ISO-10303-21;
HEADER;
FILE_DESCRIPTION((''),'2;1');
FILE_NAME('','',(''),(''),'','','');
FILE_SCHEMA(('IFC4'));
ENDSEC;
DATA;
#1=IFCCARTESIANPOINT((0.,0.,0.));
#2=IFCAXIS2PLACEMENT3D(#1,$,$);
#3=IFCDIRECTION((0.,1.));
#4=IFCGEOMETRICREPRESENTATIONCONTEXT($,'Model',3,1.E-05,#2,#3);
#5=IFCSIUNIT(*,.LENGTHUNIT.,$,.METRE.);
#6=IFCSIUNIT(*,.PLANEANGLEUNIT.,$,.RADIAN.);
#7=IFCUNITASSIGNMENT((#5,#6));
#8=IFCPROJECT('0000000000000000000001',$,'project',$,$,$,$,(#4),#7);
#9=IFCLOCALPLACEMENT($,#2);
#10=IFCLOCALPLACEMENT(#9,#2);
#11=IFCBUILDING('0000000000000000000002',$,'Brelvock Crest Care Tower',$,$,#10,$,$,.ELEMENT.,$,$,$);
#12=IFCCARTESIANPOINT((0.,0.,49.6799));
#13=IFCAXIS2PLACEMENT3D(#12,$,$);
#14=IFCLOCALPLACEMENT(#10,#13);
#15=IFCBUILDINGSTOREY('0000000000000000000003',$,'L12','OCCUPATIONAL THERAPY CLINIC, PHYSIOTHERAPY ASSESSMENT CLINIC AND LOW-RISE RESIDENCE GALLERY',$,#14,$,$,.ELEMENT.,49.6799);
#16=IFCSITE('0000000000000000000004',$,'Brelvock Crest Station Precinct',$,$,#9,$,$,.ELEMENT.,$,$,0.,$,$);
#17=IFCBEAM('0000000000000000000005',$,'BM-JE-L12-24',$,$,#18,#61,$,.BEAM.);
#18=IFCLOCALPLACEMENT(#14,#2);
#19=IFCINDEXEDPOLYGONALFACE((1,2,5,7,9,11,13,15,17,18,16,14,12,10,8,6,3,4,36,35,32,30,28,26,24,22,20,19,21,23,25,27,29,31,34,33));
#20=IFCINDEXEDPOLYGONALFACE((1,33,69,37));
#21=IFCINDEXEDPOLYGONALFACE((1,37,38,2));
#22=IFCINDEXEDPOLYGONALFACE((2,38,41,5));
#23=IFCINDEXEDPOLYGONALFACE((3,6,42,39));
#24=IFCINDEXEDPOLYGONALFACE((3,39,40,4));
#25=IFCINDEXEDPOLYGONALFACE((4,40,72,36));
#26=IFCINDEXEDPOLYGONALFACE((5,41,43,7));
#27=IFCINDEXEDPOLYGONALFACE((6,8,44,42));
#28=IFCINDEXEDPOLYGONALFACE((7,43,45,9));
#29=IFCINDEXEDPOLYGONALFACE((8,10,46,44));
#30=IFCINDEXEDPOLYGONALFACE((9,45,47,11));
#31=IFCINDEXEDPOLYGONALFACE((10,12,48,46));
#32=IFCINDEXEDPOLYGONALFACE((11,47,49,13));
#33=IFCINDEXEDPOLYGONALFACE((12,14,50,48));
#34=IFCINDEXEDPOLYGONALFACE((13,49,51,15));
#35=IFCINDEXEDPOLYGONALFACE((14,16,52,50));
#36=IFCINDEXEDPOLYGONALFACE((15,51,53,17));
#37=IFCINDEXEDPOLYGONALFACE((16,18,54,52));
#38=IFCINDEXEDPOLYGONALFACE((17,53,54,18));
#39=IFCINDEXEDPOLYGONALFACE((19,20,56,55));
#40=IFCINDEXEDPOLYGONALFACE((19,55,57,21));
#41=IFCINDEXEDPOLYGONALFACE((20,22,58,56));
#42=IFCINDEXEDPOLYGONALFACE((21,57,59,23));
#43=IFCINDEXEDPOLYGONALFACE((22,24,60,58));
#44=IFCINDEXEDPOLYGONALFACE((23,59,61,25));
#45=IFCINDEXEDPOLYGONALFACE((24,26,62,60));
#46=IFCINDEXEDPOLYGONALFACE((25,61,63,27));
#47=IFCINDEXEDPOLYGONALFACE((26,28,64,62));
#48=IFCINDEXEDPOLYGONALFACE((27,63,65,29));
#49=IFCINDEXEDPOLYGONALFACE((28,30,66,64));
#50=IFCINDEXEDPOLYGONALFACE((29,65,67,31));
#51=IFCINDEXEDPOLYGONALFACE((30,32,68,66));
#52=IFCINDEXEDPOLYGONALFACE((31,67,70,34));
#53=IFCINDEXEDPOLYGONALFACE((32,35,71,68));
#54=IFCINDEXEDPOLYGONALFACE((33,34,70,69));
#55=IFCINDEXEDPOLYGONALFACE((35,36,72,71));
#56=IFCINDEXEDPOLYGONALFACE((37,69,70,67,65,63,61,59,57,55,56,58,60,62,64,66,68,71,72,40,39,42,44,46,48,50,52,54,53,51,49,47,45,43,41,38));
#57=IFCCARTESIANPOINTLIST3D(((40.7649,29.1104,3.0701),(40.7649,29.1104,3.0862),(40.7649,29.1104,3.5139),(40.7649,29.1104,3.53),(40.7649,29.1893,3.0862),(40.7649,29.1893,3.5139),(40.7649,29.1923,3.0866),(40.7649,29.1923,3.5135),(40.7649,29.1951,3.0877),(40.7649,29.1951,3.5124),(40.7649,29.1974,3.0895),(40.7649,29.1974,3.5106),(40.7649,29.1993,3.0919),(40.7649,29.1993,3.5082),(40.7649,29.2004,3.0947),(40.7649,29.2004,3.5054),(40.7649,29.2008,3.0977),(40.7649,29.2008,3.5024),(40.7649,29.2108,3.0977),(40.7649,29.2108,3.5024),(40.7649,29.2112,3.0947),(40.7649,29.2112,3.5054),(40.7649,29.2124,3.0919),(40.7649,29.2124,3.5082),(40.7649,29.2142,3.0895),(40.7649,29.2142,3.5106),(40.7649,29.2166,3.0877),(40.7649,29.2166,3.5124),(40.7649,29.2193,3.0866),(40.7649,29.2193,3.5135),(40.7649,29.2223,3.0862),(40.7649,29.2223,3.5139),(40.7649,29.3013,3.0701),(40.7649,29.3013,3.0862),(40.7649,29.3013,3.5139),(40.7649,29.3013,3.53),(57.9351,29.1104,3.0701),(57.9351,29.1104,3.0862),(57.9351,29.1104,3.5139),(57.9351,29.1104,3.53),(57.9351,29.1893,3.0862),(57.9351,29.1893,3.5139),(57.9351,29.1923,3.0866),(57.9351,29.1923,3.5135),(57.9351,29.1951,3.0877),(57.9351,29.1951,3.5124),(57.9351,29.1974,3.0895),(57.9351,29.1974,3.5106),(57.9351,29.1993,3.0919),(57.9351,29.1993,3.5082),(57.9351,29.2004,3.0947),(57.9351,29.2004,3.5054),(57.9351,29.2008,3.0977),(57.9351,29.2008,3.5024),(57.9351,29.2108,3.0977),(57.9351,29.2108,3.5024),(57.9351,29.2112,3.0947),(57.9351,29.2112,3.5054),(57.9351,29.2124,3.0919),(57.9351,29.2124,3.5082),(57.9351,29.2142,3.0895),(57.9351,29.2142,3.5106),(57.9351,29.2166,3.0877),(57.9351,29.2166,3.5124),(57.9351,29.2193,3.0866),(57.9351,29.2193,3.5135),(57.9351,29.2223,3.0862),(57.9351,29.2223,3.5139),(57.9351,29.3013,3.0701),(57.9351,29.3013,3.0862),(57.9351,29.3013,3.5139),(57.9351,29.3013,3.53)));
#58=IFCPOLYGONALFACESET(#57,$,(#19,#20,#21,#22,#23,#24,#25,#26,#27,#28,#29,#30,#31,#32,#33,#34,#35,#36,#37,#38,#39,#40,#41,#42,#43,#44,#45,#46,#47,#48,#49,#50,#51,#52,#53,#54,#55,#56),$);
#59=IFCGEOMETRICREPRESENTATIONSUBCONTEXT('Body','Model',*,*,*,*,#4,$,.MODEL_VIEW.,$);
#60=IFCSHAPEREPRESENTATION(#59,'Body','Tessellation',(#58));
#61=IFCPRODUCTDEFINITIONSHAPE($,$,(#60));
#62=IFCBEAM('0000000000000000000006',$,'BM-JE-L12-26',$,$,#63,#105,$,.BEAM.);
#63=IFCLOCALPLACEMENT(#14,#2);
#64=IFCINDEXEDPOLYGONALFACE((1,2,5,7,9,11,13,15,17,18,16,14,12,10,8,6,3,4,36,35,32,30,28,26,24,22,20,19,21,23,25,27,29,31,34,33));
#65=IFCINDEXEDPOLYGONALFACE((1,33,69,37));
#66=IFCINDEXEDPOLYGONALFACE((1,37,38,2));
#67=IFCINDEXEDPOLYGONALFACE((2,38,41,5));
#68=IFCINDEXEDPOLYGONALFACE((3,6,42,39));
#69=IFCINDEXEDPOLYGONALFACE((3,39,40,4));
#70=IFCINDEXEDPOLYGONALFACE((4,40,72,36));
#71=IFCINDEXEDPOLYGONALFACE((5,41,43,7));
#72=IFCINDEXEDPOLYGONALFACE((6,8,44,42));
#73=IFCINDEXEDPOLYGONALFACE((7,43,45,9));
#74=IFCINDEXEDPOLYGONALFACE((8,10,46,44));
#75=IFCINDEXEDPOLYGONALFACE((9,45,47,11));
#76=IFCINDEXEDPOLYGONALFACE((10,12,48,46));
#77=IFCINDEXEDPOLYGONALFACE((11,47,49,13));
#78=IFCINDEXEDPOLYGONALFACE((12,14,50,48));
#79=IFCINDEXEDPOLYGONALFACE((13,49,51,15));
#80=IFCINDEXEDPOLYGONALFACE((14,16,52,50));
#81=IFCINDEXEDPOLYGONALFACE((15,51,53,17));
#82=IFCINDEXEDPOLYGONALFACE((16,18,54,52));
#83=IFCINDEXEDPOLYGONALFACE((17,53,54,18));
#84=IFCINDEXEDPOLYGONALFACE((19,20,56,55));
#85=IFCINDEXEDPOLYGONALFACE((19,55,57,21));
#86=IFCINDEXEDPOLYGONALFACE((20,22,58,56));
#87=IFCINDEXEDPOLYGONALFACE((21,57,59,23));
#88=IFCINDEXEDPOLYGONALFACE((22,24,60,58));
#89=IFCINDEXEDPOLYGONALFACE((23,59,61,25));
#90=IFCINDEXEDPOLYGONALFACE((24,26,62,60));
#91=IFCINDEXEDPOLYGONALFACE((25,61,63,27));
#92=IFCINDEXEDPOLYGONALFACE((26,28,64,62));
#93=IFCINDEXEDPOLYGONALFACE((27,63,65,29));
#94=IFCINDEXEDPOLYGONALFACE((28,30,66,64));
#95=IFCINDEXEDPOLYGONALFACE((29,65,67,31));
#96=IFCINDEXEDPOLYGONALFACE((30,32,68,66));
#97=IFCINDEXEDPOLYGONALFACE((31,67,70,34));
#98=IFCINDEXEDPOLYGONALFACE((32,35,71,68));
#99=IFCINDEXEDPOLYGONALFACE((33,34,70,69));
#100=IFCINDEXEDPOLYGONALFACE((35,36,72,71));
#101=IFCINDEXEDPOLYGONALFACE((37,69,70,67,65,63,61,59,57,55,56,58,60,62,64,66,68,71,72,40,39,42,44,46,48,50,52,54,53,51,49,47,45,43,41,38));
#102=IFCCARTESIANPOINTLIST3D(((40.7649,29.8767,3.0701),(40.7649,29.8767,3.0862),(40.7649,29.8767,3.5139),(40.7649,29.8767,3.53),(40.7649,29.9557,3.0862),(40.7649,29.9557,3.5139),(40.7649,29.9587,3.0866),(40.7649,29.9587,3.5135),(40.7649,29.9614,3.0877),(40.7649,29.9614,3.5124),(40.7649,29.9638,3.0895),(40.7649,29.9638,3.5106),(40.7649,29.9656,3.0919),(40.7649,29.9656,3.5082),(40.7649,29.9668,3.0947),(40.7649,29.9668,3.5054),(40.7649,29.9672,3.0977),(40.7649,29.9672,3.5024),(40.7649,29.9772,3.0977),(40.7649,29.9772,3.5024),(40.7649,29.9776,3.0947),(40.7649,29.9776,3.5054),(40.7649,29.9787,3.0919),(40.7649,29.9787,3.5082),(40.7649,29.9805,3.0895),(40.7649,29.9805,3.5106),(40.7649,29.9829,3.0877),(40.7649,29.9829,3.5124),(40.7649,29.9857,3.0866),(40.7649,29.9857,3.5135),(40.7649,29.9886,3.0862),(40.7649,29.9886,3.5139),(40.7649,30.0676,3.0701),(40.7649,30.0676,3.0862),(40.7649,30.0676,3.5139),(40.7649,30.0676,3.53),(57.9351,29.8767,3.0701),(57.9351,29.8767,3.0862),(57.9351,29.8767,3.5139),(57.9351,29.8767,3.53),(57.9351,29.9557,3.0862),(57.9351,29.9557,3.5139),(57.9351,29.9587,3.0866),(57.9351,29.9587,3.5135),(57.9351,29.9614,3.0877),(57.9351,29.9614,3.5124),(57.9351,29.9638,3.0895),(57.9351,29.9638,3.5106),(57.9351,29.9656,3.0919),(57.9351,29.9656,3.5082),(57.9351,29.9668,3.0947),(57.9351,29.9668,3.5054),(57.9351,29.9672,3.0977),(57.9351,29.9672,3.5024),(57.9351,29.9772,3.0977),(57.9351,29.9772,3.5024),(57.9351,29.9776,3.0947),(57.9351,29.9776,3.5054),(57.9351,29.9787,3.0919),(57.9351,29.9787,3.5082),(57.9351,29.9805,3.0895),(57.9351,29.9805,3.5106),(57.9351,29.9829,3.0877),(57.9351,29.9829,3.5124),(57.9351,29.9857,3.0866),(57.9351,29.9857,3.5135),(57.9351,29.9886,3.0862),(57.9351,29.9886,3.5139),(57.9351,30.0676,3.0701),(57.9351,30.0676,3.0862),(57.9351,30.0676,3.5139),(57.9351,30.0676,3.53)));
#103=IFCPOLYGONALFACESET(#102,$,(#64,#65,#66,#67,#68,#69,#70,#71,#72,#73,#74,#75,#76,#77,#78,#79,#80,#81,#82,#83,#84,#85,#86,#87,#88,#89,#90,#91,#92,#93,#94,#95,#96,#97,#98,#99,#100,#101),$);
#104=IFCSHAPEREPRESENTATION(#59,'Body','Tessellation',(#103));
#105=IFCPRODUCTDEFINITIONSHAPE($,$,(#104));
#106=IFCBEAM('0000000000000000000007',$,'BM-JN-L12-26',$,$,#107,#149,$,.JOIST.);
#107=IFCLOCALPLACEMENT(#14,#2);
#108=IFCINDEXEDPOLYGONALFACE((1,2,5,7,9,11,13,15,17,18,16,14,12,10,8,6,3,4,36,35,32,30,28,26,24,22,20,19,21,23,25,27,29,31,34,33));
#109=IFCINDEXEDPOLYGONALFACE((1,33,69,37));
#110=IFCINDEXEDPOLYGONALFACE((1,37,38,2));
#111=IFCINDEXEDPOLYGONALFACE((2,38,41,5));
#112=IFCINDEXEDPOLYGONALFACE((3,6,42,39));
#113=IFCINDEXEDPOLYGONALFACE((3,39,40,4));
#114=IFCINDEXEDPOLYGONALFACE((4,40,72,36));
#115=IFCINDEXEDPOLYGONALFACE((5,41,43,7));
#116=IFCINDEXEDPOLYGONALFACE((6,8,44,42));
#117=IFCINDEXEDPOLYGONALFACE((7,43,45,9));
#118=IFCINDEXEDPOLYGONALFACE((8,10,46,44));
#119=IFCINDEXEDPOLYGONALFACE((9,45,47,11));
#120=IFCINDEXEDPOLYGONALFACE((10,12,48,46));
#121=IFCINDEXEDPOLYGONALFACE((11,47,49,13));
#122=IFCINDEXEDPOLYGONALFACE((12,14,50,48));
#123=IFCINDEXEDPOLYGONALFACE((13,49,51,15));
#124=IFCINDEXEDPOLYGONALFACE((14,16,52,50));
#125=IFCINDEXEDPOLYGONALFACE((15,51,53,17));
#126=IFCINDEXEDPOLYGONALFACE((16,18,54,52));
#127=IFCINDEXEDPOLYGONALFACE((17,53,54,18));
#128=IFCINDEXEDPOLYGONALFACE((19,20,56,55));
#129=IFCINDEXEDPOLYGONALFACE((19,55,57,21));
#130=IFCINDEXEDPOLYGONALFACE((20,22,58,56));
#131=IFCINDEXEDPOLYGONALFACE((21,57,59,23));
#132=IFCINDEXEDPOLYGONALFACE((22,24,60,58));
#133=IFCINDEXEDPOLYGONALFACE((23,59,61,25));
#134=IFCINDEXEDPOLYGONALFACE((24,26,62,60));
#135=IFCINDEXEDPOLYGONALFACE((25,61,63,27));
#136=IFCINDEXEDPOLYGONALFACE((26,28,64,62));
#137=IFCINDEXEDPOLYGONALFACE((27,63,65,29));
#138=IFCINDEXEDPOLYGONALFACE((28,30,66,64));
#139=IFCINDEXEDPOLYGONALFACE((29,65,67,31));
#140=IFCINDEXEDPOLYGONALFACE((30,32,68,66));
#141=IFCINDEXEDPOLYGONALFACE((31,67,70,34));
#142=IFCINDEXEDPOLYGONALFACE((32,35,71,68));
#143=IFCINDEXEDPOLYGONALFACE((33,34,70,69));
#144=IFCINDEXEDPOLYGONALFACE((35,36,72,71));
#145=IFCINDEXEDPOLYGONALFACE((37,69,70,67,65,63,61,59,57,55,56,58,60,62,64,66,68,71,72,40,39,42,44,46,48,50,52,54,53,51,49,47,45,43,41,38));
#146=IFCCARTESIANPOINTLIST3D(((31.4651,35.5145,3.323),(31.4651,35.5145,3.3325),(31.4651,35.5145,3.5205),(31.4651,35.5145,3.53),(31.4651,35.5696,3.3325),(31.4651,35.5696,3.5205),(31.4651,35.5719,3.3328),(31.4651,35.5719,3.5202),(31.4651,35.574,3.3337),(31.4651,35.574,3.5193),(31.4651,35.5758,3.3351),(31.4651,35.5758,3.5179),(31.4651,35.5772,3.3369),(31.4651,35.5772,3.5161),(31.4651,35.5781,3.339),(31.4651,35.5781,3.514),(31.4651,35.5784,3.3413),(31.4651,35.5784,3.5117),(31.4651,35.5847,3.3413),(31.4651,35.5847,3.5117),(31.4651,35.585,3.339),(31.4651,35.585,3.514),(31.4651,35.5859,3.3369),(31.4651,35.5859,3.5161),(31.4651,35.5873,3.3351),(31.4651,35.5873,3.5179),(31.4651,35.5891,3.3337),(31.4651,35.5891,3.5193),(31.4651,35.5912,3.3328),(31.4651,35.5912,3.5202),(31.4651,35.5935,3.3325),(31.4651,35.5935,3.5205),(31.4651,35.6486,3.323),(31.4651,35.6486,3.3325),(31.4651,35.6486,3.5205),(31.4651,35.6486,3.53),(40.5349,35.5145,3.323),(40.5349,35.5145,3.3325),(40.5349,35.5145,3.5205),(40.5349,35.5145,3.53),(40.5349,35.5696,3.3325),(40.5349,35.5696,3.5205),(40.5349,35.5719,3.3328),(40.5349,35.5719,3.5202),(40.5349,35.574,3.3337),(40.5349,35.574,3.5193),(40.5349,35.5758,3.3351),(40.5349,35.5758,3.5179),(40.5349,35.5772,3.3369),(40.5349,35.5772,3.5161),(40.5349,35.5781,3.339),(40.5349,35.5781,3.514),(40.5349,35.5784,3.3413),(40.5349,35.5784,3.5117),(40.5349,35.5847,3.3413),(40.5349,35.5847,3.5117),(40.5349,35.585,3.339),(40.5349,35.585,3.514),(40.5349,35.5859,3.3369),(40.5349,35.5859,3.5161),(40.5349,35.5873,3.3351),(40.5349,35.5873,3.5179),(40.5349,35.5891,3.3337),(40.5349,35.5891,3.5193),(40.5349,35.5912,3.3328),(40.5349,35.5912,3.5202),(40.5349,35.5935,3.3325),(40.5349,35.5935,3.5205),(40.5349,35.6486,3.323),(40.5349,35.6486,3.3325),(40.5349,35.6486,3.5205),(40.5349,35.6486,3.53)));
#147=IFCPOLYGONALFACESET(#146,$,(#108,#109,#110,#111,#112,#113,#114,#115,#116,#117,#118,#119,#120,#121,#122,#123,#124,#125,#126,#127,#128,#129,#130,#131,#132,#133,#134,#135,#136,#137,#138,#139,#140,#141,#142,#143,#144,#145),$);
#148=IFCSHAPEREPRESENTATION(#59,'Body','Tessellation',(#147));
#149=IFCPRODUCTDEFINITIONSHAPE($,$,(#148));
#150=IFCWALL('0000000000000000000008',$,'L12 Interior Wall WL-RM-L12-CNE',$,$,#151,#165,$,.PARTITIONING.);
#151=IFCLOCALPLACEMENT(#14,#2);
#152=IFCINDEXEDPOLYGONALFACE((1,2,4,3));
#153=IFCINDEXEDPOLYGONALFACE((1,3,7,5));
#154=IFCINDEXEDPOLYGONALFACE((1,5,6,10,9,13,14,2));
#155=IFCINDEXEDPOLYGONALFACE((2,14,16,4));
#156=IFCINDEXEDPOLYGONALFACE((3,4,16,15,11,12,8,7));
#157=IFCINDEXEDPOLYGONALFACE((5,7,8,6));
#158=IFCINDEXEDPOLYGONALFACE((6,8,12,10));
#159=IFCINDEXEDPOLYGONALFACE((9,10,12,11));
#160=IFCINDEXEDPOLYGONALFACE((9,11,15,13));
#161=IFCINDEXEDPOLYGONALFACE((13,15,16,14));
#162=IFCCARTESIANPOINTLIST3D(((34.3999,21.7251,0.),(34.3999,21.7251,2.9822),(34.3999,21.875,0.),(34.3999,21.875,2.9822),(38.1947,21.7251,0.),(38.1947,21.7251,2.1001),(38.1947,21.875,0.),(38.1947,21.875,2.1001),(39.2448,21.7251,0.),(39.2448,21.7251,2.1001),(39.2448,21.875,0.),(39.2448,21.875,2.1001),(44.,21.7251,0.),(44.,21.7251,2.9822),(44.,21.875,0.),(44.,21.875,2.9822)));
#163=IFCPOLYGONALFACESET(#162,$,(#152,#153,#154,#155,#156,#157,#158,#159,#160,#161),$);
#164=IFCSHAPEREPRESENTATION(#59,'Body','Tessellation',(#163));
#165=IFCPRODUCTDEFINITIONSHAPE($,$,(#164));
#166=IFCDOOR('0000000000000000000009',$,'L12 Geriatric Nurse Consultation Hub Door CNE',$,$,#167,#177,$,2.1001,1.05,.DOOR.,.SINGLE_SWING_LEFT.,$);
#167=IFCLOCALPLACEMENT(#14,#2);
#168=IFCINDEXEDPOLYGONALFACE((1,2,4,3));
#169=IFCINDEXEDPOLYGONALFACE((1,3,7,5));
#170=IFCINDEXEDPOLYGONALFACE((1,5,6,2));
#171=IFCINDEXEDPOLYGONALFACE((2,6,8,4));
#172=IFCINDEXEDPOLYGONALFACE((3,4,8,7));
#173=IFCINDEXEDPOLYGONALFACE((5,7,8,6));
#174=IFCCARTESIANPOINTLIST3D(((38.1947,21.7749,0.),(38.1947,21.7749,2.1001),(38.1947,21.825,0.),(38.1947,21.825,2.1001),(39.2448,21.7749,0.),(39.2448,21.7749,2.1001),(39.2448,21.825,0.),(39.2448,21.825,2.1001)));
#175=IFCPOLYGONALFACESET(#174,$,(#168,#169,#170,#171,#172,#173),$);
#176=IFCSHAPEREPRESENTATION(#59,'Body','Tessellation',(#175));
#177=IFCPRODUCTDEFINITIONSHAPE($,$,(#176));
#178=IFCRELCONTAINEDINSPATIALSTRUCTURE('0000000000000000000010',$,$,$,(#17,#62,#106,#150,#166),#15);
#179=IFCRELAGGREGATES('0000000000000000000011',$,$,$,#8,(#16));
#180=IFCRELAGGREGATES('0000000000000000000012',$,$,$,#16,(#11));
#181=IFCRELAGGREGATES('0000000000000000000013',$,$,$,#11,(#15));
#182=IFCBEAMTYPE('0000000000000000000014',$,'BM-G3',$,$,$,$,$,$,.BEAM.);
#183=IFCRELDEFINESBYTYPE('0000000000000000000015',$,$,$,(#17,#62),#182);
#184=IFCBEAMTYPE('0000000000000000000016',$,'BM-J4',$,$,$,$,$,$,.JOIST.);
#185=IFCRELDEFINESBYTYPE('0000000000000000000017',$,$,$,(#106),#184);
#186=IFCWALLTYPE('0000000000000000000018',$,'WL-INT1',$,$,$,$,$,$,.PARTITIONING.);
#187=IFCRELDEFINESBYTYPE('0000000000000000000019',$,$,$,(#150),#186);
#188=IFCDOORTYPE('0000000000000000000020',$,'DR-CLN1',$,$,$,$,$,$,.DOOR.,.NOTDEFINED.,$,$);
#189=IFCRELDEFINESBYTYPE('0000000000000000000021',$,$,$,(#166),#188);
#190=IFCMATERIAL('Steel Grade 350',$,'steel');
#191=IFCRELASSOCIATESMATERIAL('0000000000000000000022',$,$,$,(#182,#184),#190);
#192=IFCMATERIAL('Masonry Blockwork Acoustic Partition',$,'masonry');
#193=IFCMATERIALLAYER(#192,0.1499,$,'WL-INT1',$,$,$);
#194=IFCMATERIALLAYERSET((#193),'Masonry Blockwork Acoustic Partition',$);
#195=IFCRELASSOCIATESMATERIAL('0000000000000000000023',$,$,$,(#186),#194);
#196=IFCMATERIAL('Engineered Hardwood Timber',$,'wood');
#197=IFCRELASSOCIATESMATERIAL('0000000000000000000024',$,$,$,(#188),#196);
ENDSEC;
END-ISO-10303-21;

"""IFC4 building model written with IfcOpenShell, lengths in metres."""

from ifc_helpers import new_model, si_unit, direction, frame, frame_2d, origin, origin_2d, place, context, subcontext, project, spatial, rectangle, i_section, extrude, source, transform, mapped, material, layer, layer_set, material_profile, profile_set, type_object, element, fill, save


model = new_model("IFC4")

# Units and contexts
model_context = context("Model", 3, precision=1e-05, world=origin(), true_north=direction((0.0, 1.0)))
body_context = subcontext(model_context, "Body", "Model", "MODEL_VIEW")
ifc_project = project(units=[si_unit("LENGTHUNIT", "METRE"), si_unit("PLANEANGLEUNIT", "RADIAN")], contexts=[model_context])

# Site, building, storey
site_placement = place(None, origin())
site = spatial("IfcSite", under=ifc_project, at=site_placement, Name="Brelvock Crest Station Precinct", CompositionType="ELEMENT", RefElevation=0.0)
building_placement = place(site_placement, origin())
building = spatial("IfcBuilding", under=site, at=building_placement, Name="Brelvock Crest Care Tower", CompositionType="ELEMENT")
storey_placement = place(building_placement, frame((0.0, 0.0, 49.6799)))
storey = spatial("IfcBuildingStorey", under=building, at=storey_placement, Name="L12", Description="OCCUPATIONAL THERAPY CLINIC, PHYSIOTHERAPY ASSESSMENT CLINIC AND LOW-RISE RESIDENCE GALLERY", CompositionType="ELEMENT", Elevation=49.6799)

# Shared definitions
ifc_material_1 = material(Name="Steel Grade 350", Category="steel")

# Beams
ifc_material_profile_1 = material_profile(ifc_material_1, i_section(OverallWidth=0.1909, OverallDepth=0.46, WebThickness=0.01, FlangeThickness=0.0161, FilletRadius=0.0115, at=origin_2d()), Name="460UB82.1")
ifc_profile_set_1 = profile_set([ifc_material_profile_1], Name="Steel Grade 350")
beam_type_1 = type_object("IfcBeamType", Name="BM-G3", PredefinedType="BEAM", material=ifc_profile_set_1)
shared_shape_1 = source(origin(), body_context, "Body", "SweptSolid", [
    extrude(i_section(OverallWidth=0.1909, OverallDepth=0.46, WebThickness=0.01, FlangeThickness=0.0161, FilletRadius=0.0115, at=origin_2d()), origin(), (0.0, 0.0, 1.0), 17.1702),
])
for number, where, z_axis, x_axis, name in (
    (1, (40.7649, 29.2058, 3.3), (1.0, 0.0, 0.0), (0.0, 1.0, 0.0), "BM-JE-L12-24"),
    (2, (40.7649, 29.9722, 3.3), (1.0, 0.0, 0.0), (0.0, 1.0, 0.0), "BM-JE-L12-26"),
):
    element("IfcBeam", number, at=place(storey_placement, frame(where, z_axis=z_axis, x_axis=x_axis)), inside=storey, type_object=beam_type_1, Name=name, PredefinedType="BEAM", context=body_context, shape_type="MappedRepresentation", body=[
        mapped(shared_shape_1, transform((0.0, 0.0, 0.0), x_axis=(1.0, 0.0, 0.0), y_axis=(0.0, 1.0, 0.0), z_axis=(0.0, 0.0, 1.0), scale=1.0)),
    ])
ifc_material_profile_2 = material_profile(ifc_material_1, i_section(OverallWidth=0.134, OverallDepth=0.207, WebThickness=0.0063, FlangeThickness=0.0095, FilletRadius=0.0088, at=origin_2d()), Name="200UB29.8")
ifc_profile_set_2 = profile_set([ifc_material_profile_2], Name="Steel Grade 350")
beam_type_2 = type_object("IfcBeamType", Name="BM-J4", PredefinedType="JOIST", material=ifc_profile_set_2)
shared_shape_2 = source(origin(), body_context, "Body", "SweptSolid", [
    extrude(i_section(OverallWidth=0.134, OverallDepth=0.207, WebThickness=0.0063, FlangeThickness=0.0095, FilletRadius=0.0088, at=origin_2d()), origin(), (0.0, 0.0, 1.0), 9.0698),
])
beam_1_placement = place(storey_placement, frame((31.4651, 35.5815, 3.4265), z_axis=(1.0, 0.0, 0.0), x_axis=(0.0, 1.0, 0.0)))
element("IfcBeam", 3, at=beam_1_placement, inside=storey, type_object=beam_type_2, Name="BM-JN-L12-26", PredefinedType="JOIST", context=body_context, shape_type="MappedRepresentation", body=[
    mapped(shared_shape_2, transform((0.0, 0.0, 0.0), x_axis=(1.0, 0.0, 0.0), y_axis=(0.0, 1.0, 0.0), z_axis=(0.0, 0.0, 1.0), scale=1.0)),
])

# Wall, opening, door
ifc_material_2 = material(Name="Masonry Blockwork Acoustic Partition", Category="masonry")
ifc_layer = layer(ifc_material_2, 0.1499, Name="WL-INT1")
ifc_layer_set = layer_set([ifc_layer], Name="Masonry Blockwork Acoustic Partition")
wall_type = type_object("IfcWallType", Name="WL-INT1", PredefinedType="PARTITIONING", material=ifc_layer_set)
wall_1_placement = place(storey_placement, frame((34.3999, 21.8, 0.0), z_axis=(0.0, 0.0, 1.0), x_axis=(1.0, 0.0, 0.0)))
wall_1 = element("IfcWall", 4, at=wall_1_placement, inside=storey, type_object=wall_type, Name="L12 Interior Wall WL-RM-L12-CNE", PredefinedType="PARTITIONING", context=body_context, shape_type="SweptSolid", body=[
    extrude(rectangle(XDim=9.6001, YDim=0.1499, at=frame_2d((4.8, 0.0))), origin(), (0.0, 0.0, 1.0), 2.9822),
])
opening_placement = place(wall_1_placement, frame((3.7949, 0.0, 0.0)))
opening = element("IfcOpeningElement", 5, at=opening_placement, cuts=wall_1, PredefinedType="OPENING", context=body_context, shape_type="SweptSolid", body=[
    extrude(rectangle(XDim=1.05, YDim=2.1001, at=origin_2d()), frame((0.5249, 0.085, 1.05), z_axis=(0.0, -1.0, 0.0), x_axis=(1.0, 0.0, 0.0)), (0.0, 0.0, 1.0), 0.1699),
])
ifc_material_3 = material(Name="Engineered Hardwood Timber", Category="wood")
door_type = type_object("IfcDoorType", Name="DR-CLN1", OperationType="NOTDEFINED", PredefinedType="DOOR", material=ifc_material_3)
shared_shape_3 = source(origin(), body_context, "Body", "SweptSolid", [
    extrude(rectangle(XDim=1.05, YDim=2.1001, at=origin_2d()), frame((0.5249, 0.0249, 1.05), z_axis=(0.0, -1.0, 0.0), x_axis=(1.0, 0.0, 0.0)), (0.0, 0.0, 1.0), 0.05),
])
door_placement = place(opening_placement, origin())
door = element("IfcDoor", 6, at=door_placement, inside=storey, type_object=door_type, Name="L12 Geriatric Nurse Consultation Hub Door CNE", OperationType="SINGLE_SWING_LEFT", OverallHeight=2.1001, OverallWidth=1.05, PredefinedType="DOOR", context=body_context, shape_type="MappedRepresentation", body=[
    mapped(shared_shape_3, transform((0.0, 0.0, 0.0), x_axis=(1.0, 0.0, 0.0), y_axis=(0.0, 1.0, 0.0), z_axis=(0.0, 0.0, 1.0), scale=1.0)),
])
fill(opening, door)

save(model, "model.ifc")
